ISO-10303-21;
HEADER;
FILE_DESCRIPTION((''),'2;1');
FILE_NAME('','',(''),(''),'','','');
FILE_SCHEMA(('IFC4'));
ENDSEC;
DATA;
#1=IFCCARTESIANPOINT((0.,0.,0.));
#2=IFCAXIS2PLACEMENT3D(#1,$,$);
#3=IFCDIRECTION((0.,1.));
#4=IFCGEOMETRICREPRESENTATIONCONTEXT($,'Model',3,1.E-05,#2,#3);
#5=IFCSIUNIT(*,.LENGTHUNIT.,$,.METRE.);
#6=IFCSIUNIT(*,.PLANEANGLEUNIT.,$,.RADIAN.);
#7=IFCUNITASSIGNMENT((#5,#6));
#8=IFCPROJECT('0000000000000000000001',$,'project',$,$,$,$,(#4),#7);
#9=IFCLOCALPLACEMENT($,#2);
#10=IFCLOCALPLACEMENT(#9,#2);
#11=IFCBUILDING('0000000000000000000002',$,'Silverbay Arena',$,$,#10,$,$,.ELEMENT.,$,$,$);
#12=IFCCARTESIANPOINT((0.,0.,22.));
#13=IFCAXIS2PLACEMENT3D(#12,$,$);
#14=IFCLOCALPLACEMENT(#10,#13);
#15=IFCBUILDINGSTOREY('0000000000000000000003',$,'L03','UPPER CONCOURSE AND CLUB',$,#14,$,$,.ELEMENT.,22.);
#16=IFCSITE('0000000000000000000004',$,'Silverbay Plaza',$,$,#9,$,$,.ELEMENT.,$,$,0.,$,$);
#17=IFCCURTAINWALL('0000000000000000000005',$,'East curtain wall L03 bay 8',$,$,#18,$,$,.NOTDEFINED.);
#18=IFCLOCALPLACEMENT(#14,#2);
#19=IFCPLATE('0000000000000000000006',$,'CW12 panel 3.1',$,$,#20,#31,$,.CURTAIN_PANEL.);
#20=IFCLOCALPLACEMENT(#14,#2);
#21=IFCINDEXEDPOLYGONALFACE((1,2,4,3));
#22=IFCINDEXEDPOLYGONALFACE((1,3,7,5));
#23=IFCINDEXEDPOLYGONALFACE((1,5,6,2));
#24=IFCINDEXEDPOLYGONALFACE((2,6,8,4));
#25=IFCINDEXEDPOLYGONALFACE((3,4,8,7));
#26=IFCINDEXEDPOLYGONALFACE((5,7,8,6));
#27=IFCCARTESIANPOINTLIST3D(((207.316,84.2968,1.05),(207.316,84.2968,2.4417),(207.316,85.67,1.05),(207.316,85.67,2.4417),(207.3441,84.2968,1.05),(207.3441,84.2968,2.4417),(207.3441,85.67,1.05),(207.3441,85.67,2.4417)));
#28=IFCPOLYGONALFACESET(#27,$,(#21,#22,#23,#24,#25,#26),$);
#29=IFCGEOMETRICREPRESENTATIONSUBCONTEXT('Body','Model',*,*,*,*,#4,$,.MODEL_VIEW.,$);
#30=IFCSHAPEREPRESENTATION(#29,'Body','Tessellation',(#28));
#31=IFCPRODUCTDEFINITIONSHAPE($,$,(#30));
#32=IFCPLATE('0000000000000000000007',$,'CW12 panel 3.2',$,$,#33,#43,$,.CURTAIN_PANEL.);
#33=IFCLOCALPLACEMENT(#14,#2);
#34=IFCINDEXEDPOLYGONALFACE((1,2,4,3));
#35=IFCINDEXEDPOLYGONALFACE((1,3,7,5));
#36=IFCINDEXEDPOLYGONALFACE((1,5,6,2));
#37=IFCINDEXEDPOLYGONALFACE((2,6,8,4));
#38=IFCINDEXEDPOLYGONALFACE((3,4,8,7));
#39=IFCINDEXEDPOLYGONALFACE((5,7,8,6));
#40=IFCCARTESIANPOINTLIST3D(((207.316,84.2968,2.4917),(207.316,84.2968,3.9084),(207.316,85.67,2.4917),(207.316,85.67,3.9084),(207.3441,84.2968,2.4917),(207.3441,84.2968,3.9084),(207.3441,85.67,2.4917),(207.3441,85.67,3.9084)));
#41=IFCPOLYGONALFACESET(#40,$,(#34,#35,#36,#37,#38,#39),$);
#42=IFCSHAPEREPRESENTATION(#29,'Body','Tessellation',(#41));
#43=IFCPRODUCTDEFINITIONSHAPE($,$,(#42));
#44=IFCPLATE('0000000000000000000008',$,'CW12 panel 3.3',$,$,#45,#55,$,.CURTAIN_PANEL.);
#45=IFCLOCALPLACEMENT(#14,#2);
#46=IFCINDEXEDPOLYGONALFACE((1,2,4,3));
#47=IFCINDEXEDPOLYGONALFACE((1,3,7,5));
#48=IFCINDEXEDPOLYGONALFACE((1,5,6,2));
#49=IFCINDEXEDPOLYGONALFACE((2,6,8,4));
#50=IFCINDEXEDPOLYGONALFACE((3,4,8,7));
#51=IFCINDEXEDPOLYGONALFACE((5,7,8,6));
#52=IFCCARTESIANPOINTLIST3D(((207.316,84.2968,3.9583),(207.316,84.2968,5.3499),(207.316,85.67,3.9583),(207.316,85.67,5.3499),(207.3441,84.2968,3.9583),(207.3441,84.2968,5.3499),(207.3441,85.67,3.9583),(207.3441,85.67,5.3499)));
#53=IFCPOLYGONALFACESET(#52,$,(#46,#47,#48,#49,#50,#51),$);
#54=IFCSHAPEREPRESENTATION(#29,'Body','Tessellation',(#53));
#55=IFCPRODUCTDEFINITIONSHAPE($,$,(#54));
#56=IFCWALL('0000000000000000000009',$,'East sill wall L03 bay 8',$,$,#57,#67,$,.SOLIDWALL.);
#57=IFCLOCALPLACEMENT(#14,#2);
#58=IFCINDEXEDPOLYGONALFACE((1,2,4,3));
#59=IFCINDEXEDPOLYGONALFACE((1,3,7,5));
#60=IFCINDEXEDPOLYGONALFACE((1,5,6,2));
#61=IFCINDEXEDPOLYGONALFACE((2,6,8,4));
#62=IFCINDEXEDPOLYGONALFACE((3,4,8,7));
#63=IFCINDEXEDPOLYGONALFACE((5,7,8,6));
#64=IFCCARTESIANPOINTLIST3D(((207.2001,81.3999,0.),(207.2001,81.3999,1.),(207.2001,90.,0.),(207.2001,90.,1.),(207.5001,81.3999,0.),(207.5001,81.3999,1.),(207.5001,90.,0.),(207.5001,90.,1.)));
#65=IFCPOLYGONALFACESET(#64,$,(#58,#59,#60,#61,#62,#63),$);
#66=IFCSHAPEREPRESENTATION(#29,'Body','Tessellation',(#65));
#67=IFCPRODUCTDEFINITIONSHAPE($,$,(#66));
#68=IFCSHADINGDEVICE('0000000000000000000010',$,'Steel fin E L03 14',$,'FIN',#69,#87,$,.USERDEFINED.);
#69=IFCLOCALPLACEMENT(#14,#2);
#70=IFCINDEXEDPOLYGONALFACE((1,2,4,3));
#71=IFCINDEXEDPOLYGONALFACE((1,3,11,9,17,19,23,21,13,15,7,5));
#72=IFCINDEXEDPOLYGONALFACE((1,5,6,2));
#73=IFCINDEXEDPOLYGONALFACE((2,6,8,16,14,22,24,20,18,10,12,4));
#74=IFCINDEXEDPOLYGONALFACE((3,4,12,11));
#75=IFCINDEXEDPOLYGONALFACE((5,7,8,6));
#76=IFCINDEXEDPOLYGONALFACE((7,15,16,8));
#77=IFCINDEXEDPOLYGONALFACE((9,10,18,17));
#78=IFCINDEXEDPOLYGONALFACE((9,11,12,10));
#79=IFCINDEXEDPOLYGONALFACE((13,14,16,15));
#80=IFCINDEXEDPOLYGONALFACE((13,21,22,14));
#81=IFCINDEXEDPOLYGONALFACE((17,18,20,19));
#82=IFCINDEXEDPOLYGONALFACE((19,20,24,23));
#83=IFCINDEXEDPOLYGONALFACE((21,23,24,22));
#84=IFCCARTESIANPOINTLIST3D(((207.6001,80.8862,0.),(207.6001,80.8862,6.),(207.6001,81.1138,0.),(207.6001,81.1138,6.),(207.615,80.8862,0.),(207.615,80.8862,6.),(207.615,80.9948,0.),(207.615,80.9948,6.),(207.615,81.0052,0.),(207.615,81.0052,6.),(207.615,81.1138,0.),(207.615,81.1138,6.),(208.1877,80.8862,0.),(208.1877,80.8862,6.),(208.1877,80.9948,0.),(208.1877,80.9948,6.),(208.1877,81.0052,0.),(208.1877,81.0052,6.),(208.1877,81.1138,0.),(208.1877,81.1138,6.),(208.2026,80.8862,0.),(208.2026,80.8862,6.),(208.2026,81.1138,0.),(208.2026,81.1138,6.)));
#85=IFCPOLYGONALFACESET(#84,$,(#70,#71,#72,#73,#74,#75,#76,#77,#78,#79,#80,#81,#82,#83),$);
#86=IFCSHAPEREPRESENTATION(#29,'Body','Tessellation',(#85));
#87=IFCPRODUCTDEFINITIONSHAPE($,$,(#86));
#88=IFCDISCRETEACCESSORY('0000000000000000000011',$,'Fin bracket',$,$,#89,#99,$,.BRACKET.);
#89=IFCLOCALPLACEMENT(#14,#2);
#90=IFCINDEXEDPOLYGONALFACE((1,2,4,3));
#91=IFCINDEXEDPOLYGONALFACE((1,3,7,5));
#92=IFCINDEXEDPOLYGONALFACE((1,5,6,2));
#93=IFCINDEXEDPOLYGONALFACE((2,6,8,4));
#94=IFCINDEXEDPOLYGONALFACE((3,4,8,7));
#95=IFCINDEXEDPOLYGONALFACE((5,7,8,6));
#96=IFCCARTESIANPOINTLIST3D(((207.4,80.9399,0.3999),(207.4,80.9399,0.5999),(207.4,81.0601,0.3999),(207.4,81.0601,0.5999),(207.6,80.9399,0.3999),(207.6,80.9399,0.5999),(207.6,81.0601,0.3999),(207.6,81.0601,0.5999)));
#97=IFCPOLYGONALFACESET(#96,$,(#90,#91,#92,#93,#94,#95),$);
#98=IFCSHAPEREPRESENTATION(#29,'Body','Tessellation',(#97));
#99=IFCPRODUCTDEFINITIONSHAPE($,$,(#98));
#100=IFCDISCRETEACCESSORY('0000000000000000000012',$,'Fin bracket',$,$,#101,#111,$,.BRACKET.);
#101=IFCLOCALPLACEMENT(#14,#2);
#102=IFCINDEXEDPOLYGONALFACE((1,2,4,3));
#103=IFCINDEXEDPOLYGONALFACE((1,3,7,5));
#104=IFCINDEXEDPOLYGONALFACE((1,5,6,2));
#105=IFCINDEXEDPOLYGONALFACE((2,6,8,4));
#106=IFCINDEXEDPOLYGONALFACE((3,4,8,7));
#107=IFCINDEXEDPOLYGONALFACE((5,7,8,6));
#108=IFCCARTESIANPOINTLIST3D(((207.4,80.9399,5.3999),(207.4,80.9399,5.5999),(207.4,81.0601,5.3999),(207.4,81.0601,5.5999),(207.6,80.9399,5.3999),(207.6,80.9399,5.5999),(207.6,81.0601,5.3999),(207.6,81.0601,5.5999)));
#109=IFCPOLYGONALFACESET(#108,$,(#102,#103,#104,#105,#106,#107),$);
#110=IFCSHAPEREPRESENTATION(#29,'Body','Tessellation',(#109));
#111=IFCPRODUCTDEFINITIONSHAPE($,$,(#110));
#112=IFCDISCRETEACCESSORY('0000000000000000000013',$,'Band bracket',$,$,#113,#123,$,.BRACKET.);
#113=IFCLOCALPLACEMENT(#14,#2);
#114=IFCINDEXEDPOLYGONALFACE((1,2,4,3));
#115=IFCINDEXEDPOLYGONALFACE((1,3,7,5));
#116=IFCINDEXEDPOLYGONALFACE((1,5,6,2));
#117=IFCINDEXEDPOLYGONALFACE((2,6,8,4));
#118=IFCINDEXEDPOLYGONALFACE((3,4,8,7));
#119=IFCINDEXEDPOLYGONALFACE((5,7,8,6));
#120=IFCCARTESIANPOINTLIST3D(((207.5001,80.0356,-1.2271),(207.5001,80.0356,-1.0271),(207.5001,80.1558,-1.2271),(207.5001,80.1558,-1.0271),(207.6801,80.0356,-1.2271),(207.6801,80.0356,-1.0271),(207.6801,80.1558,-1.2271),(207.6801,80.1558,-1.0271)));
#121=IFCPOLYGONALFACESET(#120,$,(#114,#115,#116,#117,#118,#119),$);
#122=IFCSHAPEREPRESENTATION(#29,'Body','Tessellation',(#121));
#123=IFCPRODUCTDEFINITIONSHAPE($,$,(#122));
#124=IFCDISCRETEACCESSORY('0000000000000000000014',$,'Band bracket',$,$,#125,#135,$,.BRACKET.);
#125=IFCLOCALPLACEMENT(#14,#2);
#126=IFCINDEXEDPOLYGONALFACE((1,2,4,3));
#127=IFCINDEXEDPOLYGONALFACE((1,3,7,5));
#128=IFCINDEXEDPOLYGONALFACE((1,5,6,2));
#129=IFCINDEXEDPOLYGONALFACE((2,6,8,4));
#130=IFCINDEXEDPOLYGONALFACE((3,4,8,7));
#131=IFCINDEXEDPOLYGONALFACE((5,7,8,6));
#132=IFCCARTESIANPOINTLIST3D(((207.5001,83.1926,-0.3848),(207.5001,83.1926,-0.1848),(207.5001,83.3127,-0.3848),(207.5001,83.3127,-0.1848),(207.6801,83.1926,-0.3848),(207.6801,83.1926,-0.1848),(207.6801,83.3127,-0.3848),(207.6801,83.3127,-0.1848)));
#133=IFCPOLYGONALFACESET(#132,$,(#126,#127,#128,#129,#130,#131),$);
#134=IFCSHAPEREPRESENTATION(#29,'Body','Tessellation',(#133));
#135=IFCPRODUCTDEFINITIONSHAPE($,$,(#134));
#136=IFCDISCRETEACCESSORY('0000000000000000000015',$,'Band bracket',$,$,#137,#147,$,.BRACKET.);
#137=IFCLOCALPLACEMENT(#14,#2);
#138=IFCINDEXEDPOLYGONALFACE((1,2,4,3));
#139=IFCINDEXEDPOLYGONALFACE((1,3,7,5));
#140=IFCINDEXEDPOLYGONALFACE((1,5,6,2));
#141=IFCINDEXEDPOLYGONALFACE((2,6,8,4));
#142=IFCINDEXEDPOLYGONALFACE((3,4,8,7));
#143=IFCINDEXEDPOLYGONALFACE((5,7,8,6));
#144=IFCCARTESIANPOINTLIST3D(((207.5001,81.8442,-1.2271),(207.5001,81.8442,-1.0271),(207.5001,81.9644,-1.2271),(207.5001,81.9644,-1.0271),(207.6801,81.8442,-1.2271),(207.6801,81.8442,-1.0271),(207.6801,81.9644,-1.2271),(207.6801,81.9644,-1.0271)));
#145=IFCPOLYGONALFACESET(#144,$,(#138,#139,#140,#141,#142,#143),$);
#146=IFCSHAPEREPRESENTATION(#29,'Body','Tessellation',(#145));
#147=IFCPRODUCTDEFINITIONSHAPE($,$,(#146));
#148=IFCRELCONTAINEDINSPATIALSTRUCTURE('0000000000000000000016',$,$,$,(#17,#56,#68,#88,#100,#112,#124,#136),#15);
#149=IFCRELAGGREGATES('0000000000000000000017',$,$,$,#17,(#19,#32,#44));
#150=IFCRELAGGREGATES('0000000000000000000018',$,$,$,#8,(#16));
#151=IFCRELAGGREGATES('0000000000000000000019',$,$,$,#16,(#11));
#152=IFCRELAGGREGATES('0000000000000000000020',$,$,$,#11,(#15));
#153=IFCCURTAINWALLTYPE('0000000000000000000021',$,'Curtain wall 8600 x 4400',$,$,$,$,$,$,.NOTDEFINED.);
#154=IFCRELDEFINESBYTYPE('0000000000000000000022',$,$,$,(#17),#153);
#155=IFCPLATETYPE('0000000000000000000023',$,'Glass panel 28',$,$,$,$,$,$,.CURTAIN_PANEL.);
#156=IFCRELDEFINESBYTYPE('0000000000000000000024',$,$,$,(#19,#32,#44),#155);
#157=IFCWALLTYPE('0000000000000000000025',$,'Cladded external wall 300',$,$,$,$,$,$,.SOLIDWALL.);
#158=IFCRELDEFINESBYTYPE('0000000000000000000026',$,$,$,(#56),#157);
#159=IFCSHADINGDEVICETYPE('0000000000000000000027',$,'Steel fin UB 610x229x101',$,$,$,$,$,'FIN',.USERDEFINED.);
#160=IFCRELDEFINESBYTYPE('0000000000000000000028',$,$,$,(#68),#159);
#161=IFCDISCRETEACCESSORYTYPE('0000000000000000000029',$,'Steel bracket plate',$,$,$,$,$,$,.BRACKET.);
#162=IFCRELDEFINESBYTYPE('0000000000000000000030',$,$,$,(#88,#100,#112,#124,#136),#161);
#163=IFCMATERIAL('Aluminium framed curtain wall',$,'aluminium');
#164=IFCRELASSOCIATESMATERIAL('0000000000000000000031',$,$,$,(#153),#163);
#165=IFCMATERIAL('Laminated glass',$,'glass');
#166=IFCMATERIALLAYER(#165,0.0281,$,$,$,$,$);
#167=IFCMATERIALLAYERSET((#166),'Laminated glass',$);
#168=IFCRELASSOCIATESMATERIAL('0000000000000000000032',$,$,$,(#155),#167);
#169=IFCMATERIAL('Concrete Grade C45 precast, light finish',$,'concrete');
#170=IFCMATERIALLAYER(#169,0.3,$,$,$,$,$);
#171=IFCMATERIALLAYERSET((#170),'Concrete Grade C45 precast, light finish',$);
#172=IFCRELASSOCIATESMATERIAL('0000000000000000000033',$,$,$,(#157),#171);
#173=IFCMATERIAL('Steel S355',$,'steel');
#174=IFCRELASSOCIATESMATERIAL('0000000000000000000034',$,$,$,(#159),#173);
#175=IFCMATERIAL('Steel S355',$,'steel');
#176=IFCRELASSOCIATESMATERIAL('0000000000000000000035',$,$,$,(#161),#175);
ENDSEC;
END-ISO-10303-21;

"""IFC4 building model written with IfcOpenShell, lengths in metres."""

from ifc_helpers import new_model, si_unit, direction, frame, frame_2d, origin, origin_2d, place, context, subcontext, project, spatial, rectangle, i_section, extrude, material, layer, layer_set, material_profile, profile_set, type_object, element, aggregate, save


model = new_model("IFC4")

# Units and contexts
model_context = context("Model", 3, precision=1e-05, world=origin(), true_north=direction((0.0, 1.0)))
body_context = subcontext(model_context, "Body", "Model", "MODEL_VIEW")
ifc_project = project(units=[si_unit("LENGTHUNIT", "METRE"), si_unit("PLANEANGLEUNIT", "RADIAN")], contexts=[model_context])

# Site, building, storey
site_placement = place(None, origin())
site = spatial("IfcSite", under=ifc_project, at=site_placement, Name="Silverbay Plaza", CompositionType="ELEMENT", RefElevation=0.0)
building_placement = place(site_placement, origin())
building = spatial("IfcBuilding", under=site, at=building_placement, Name="Silverbay Arena", CompositionType="ELEMENT")
storey_placement = place(building_placement, frame((0.0, 0.0, 22.0)))
storey = spatial("IfcBuildingStorey", under=building, at=storey_placement, Name="L03", Description="UPPER CONCOURSE AND CLUB", CompositionType="ELEMENT", Elevation=22.0)

# Shared definitions
ifc_material_1 = material(Name="Aluminium framed curtain wall", Category="aluminium")
curtain_wall_type = type_object("IfcCurtainWallType", Name="Curtain wall 8600 x 4400", PredefinedType="NOTDEFINED", material=ifc_material_1)

# Curtain wall
curtain_wall_1_placement = place(storey_placement, origin())
curtain_wall_1 = element("IfcCurtainWall", 1, at=curtain_wall_1_placement, inside=storey, type_object=curtain_wall_type, Name="East curtain wall L03 bay 8", PredefinedType="NOTDEFINED")

# Plates
ifc_material_2 = material(Name="Laminated glass", Category="glass")
ifc_layer_1 = layer(ifc_material_2, 0.0281)
ifc_layer_set_1 = layer_set([ifc_layer_1], Name="Laminated glass")
plate_type = type_object("IfcPlateType", Name="Glass panel 28", PredefinedType="CURTAIN_PANEL", material=ifc_layer_set_1)
plate_1_placement = place(storey_placement, frame((207.3301, 84.9834, 1.05), z_axis=(0.0, 0.0, 1.0), x_axis=(0.0, 1.0, 0.0)))
plate_1 = element("IfcPlate", 2, at=plate_1_placement, type_object=plate_type, Name="CW12 panel 3.1", PredefinedType="CURTAIN_PANEL", context=body_context, shape_type="SweptSolid", body=[
    extrude(rectangle(XDim=1.3733, YDim=0.0281, at=origin_2d()), origin(), (0.0, 0.0, 1.0), 1.3916),
])
plate_2_placement = place(storey_placement, frame((207.3301, 84.9834, 2.4917), z_axis=(0.0, 0.0, 1.0), x_axis=(0.0, 1.0, 0.0)))
plate_2 = element("IfcPlate", 3, at=plate_2_placement, type_object=plate_type, Name="CW12 panel 3.2", PredefinedType="CURTAIN_PANEL", context=body_context, shape_type="SweptSolid", body=[
    extrude(rectangle(XDim=1.3733, YDim=0.0281, at=origin_2d()), origin(), (0.0, 0.0, 1.0), 1.4167),
])
plate_3_placement = place(storey_placement, frame((207.3301, 84.9834, 3.9583), z_axis=(0.0, 0.0, 1.0), x_axis=(0.0, 1.0, 0.0)))
plate_3 = element("IfcPlate", 4, at=plate_3_placement, type_object=plate_type, Name="CW12 panel 3.3", PredefinedType="CURTAIN_PANEL", context=body_context, shape_type="SweptSolid", body=[
    extrude(rectangle(XDim=1.3733, YDim=0.0281, at=origin_2d()), origin(), (0.0, 0.0, 1.0), 1.3916),
])
aggregate(curtain_wall_1, [plate_1, plate_2, plate_3])

# Wall
ifc_material_3 = material(Name="Concrete Grade C45 precast, light finish", Category="concrete")
ifc_layer_2 = layer(ifc_material_3, 0.3)
ifc_layer_set_2 = layer_set([ifc_layer_2], Name="Concrete Grade C45 precast, light finish")
wall_type = type_object("IfcWallType", Name="Cladded external wall 300", PredefinedType="SOLIDWALL", material=ifc_layer_set_2)
wall_placement = place(storey_placement, frame((207.3501, 81.3999, 0.0), z_axis=(0.0, 0.0, 1.0), x_axis=(0.0, 1.0, 0.0)))
element("IfcWall", 5, at=wall_placement, inside=storey, type_object=wall_type, Name="East sill wall L03 bay 8", PredefinedType="SOLIDWALL", context=body_context, shape_type="SweptSolid", body=[
    extrude(rectangle(XDim=8.6001, YDim=0.3, at=frame_2d((4.3, 0.0))), origin(), (0.0, 0.0, 1.0), 1.0),
])

# Shading device
ifc_material_4 = material(Name="Steel S355", Category="steel")
ifc_material_profile_1 = material_profile(ifc_material_4, i_section(OverallWidth=0.2275, OverallDepth=0.6025, WebThickness=0.0105, FlangeThickness=0.0149, at=origin_2d()), Name="UB 610x229x101")
ifc_profile_set_1 = profile_set([ifc_material_profile_1], Name="Steel S355")
shading_device_type = type_object("IfcShadingDeviceType", Name="Steel fin UB 610x229x101", ElementType="FIN", PredefinedType="USERDEFINED", material=ifc_profile_set_1)
shading_device_placement = place(storey_placement, frame((207.9014, 81.0, 0.0), z_axis=(0.0, 0.0, 1.0), x_axis=(0.0, 1.0, 0.0)))
element("IfcShadingDevice", 6, at=shading_device_placement, inside=storey, type_object=shading_device_type, Name="Steel fin E L03 14", ObjectType="FIN", PredefinedType="USERDEFINED", context=body_context, shape_type="SweptSolid", body=[
    extrude(i_section(OverallWidth=0.2275, OverallDepth=0.6025, WebThickness=0.0105, FlangeThickness=0.0149, at=origin_2d()), origin(), (0.0, 0.0, 1.0), 6.0),
])

# Discrete accessories
ifc_material_5 = material(Name="Steel S355", Category="steel")
discrete_accessory_type = type_object("IfcDiscreteAccessoryType", Name="Steel bracket plate", PredefinedType="BRACKET", material=ifc_material_5)
for number, where, z_axis, x_axis, name in (
    (7, (207.5, 81.0, 0.3999), (0.0, 0.0, 1.0), (1.0, 0.0, 0.0), "Fin bracket"),
    (8, (207.5, 81.0, 5.3999), (0.0, 0.0, 1.0), (1.0, 0.0, 0.0), "Fin bracket"),
):
    element("IfcDiscreteAccessory", number, at=place(storey_placement, frame(where, z_axis=z_axis, x_axis=x_axis)), inside=storey, type_object=discrete_accessory_type, Name=name, PredefinedType="BRACKET", context=body_context, shape_type="SweptSolid", body=[
        extrude(rectangle(XDim=0.2, YDim=0.1201, at=origin_2d()), origin(), (0.0, 0.0, 1.0), 0.2),
    ])
for number, where, z_axis, x_axis, name in (
    (9, (207.5901, 80.0957, -1.2271), (0.0, 0.0, 1.0), (1.0, 0.0, 0.0), "Band bracket"),
    (10, (207.5901, 83.2527, -0.3848), (0.0, 0.0, 1.0), (1.0, 0.0, 0.0), "Band bracket"),
    (11, (207.5901, 81.9043, -1.2271), (0.0, 0.0, 1.0), (1.0, 0.0, 0.0), "Band bracket"),
):
    element("IfcDiscreteAccessory", number, at=place(storey_placement, frame(where, z_axis=z_axis, x_axis=x_axis)), inside=storey, type_object=discrete_accessory_type, Name=name, PredefinedType="BRACKET", context=body_context, shape_type="SweptSolid", body=[
        extrude(rectangle(XDim=0.1799, YDim=0.1201, at=origin_2d()), origin(), (0.0, 0.0, 1.0), 0.2),
    ])

save(model, "model.ifc")
